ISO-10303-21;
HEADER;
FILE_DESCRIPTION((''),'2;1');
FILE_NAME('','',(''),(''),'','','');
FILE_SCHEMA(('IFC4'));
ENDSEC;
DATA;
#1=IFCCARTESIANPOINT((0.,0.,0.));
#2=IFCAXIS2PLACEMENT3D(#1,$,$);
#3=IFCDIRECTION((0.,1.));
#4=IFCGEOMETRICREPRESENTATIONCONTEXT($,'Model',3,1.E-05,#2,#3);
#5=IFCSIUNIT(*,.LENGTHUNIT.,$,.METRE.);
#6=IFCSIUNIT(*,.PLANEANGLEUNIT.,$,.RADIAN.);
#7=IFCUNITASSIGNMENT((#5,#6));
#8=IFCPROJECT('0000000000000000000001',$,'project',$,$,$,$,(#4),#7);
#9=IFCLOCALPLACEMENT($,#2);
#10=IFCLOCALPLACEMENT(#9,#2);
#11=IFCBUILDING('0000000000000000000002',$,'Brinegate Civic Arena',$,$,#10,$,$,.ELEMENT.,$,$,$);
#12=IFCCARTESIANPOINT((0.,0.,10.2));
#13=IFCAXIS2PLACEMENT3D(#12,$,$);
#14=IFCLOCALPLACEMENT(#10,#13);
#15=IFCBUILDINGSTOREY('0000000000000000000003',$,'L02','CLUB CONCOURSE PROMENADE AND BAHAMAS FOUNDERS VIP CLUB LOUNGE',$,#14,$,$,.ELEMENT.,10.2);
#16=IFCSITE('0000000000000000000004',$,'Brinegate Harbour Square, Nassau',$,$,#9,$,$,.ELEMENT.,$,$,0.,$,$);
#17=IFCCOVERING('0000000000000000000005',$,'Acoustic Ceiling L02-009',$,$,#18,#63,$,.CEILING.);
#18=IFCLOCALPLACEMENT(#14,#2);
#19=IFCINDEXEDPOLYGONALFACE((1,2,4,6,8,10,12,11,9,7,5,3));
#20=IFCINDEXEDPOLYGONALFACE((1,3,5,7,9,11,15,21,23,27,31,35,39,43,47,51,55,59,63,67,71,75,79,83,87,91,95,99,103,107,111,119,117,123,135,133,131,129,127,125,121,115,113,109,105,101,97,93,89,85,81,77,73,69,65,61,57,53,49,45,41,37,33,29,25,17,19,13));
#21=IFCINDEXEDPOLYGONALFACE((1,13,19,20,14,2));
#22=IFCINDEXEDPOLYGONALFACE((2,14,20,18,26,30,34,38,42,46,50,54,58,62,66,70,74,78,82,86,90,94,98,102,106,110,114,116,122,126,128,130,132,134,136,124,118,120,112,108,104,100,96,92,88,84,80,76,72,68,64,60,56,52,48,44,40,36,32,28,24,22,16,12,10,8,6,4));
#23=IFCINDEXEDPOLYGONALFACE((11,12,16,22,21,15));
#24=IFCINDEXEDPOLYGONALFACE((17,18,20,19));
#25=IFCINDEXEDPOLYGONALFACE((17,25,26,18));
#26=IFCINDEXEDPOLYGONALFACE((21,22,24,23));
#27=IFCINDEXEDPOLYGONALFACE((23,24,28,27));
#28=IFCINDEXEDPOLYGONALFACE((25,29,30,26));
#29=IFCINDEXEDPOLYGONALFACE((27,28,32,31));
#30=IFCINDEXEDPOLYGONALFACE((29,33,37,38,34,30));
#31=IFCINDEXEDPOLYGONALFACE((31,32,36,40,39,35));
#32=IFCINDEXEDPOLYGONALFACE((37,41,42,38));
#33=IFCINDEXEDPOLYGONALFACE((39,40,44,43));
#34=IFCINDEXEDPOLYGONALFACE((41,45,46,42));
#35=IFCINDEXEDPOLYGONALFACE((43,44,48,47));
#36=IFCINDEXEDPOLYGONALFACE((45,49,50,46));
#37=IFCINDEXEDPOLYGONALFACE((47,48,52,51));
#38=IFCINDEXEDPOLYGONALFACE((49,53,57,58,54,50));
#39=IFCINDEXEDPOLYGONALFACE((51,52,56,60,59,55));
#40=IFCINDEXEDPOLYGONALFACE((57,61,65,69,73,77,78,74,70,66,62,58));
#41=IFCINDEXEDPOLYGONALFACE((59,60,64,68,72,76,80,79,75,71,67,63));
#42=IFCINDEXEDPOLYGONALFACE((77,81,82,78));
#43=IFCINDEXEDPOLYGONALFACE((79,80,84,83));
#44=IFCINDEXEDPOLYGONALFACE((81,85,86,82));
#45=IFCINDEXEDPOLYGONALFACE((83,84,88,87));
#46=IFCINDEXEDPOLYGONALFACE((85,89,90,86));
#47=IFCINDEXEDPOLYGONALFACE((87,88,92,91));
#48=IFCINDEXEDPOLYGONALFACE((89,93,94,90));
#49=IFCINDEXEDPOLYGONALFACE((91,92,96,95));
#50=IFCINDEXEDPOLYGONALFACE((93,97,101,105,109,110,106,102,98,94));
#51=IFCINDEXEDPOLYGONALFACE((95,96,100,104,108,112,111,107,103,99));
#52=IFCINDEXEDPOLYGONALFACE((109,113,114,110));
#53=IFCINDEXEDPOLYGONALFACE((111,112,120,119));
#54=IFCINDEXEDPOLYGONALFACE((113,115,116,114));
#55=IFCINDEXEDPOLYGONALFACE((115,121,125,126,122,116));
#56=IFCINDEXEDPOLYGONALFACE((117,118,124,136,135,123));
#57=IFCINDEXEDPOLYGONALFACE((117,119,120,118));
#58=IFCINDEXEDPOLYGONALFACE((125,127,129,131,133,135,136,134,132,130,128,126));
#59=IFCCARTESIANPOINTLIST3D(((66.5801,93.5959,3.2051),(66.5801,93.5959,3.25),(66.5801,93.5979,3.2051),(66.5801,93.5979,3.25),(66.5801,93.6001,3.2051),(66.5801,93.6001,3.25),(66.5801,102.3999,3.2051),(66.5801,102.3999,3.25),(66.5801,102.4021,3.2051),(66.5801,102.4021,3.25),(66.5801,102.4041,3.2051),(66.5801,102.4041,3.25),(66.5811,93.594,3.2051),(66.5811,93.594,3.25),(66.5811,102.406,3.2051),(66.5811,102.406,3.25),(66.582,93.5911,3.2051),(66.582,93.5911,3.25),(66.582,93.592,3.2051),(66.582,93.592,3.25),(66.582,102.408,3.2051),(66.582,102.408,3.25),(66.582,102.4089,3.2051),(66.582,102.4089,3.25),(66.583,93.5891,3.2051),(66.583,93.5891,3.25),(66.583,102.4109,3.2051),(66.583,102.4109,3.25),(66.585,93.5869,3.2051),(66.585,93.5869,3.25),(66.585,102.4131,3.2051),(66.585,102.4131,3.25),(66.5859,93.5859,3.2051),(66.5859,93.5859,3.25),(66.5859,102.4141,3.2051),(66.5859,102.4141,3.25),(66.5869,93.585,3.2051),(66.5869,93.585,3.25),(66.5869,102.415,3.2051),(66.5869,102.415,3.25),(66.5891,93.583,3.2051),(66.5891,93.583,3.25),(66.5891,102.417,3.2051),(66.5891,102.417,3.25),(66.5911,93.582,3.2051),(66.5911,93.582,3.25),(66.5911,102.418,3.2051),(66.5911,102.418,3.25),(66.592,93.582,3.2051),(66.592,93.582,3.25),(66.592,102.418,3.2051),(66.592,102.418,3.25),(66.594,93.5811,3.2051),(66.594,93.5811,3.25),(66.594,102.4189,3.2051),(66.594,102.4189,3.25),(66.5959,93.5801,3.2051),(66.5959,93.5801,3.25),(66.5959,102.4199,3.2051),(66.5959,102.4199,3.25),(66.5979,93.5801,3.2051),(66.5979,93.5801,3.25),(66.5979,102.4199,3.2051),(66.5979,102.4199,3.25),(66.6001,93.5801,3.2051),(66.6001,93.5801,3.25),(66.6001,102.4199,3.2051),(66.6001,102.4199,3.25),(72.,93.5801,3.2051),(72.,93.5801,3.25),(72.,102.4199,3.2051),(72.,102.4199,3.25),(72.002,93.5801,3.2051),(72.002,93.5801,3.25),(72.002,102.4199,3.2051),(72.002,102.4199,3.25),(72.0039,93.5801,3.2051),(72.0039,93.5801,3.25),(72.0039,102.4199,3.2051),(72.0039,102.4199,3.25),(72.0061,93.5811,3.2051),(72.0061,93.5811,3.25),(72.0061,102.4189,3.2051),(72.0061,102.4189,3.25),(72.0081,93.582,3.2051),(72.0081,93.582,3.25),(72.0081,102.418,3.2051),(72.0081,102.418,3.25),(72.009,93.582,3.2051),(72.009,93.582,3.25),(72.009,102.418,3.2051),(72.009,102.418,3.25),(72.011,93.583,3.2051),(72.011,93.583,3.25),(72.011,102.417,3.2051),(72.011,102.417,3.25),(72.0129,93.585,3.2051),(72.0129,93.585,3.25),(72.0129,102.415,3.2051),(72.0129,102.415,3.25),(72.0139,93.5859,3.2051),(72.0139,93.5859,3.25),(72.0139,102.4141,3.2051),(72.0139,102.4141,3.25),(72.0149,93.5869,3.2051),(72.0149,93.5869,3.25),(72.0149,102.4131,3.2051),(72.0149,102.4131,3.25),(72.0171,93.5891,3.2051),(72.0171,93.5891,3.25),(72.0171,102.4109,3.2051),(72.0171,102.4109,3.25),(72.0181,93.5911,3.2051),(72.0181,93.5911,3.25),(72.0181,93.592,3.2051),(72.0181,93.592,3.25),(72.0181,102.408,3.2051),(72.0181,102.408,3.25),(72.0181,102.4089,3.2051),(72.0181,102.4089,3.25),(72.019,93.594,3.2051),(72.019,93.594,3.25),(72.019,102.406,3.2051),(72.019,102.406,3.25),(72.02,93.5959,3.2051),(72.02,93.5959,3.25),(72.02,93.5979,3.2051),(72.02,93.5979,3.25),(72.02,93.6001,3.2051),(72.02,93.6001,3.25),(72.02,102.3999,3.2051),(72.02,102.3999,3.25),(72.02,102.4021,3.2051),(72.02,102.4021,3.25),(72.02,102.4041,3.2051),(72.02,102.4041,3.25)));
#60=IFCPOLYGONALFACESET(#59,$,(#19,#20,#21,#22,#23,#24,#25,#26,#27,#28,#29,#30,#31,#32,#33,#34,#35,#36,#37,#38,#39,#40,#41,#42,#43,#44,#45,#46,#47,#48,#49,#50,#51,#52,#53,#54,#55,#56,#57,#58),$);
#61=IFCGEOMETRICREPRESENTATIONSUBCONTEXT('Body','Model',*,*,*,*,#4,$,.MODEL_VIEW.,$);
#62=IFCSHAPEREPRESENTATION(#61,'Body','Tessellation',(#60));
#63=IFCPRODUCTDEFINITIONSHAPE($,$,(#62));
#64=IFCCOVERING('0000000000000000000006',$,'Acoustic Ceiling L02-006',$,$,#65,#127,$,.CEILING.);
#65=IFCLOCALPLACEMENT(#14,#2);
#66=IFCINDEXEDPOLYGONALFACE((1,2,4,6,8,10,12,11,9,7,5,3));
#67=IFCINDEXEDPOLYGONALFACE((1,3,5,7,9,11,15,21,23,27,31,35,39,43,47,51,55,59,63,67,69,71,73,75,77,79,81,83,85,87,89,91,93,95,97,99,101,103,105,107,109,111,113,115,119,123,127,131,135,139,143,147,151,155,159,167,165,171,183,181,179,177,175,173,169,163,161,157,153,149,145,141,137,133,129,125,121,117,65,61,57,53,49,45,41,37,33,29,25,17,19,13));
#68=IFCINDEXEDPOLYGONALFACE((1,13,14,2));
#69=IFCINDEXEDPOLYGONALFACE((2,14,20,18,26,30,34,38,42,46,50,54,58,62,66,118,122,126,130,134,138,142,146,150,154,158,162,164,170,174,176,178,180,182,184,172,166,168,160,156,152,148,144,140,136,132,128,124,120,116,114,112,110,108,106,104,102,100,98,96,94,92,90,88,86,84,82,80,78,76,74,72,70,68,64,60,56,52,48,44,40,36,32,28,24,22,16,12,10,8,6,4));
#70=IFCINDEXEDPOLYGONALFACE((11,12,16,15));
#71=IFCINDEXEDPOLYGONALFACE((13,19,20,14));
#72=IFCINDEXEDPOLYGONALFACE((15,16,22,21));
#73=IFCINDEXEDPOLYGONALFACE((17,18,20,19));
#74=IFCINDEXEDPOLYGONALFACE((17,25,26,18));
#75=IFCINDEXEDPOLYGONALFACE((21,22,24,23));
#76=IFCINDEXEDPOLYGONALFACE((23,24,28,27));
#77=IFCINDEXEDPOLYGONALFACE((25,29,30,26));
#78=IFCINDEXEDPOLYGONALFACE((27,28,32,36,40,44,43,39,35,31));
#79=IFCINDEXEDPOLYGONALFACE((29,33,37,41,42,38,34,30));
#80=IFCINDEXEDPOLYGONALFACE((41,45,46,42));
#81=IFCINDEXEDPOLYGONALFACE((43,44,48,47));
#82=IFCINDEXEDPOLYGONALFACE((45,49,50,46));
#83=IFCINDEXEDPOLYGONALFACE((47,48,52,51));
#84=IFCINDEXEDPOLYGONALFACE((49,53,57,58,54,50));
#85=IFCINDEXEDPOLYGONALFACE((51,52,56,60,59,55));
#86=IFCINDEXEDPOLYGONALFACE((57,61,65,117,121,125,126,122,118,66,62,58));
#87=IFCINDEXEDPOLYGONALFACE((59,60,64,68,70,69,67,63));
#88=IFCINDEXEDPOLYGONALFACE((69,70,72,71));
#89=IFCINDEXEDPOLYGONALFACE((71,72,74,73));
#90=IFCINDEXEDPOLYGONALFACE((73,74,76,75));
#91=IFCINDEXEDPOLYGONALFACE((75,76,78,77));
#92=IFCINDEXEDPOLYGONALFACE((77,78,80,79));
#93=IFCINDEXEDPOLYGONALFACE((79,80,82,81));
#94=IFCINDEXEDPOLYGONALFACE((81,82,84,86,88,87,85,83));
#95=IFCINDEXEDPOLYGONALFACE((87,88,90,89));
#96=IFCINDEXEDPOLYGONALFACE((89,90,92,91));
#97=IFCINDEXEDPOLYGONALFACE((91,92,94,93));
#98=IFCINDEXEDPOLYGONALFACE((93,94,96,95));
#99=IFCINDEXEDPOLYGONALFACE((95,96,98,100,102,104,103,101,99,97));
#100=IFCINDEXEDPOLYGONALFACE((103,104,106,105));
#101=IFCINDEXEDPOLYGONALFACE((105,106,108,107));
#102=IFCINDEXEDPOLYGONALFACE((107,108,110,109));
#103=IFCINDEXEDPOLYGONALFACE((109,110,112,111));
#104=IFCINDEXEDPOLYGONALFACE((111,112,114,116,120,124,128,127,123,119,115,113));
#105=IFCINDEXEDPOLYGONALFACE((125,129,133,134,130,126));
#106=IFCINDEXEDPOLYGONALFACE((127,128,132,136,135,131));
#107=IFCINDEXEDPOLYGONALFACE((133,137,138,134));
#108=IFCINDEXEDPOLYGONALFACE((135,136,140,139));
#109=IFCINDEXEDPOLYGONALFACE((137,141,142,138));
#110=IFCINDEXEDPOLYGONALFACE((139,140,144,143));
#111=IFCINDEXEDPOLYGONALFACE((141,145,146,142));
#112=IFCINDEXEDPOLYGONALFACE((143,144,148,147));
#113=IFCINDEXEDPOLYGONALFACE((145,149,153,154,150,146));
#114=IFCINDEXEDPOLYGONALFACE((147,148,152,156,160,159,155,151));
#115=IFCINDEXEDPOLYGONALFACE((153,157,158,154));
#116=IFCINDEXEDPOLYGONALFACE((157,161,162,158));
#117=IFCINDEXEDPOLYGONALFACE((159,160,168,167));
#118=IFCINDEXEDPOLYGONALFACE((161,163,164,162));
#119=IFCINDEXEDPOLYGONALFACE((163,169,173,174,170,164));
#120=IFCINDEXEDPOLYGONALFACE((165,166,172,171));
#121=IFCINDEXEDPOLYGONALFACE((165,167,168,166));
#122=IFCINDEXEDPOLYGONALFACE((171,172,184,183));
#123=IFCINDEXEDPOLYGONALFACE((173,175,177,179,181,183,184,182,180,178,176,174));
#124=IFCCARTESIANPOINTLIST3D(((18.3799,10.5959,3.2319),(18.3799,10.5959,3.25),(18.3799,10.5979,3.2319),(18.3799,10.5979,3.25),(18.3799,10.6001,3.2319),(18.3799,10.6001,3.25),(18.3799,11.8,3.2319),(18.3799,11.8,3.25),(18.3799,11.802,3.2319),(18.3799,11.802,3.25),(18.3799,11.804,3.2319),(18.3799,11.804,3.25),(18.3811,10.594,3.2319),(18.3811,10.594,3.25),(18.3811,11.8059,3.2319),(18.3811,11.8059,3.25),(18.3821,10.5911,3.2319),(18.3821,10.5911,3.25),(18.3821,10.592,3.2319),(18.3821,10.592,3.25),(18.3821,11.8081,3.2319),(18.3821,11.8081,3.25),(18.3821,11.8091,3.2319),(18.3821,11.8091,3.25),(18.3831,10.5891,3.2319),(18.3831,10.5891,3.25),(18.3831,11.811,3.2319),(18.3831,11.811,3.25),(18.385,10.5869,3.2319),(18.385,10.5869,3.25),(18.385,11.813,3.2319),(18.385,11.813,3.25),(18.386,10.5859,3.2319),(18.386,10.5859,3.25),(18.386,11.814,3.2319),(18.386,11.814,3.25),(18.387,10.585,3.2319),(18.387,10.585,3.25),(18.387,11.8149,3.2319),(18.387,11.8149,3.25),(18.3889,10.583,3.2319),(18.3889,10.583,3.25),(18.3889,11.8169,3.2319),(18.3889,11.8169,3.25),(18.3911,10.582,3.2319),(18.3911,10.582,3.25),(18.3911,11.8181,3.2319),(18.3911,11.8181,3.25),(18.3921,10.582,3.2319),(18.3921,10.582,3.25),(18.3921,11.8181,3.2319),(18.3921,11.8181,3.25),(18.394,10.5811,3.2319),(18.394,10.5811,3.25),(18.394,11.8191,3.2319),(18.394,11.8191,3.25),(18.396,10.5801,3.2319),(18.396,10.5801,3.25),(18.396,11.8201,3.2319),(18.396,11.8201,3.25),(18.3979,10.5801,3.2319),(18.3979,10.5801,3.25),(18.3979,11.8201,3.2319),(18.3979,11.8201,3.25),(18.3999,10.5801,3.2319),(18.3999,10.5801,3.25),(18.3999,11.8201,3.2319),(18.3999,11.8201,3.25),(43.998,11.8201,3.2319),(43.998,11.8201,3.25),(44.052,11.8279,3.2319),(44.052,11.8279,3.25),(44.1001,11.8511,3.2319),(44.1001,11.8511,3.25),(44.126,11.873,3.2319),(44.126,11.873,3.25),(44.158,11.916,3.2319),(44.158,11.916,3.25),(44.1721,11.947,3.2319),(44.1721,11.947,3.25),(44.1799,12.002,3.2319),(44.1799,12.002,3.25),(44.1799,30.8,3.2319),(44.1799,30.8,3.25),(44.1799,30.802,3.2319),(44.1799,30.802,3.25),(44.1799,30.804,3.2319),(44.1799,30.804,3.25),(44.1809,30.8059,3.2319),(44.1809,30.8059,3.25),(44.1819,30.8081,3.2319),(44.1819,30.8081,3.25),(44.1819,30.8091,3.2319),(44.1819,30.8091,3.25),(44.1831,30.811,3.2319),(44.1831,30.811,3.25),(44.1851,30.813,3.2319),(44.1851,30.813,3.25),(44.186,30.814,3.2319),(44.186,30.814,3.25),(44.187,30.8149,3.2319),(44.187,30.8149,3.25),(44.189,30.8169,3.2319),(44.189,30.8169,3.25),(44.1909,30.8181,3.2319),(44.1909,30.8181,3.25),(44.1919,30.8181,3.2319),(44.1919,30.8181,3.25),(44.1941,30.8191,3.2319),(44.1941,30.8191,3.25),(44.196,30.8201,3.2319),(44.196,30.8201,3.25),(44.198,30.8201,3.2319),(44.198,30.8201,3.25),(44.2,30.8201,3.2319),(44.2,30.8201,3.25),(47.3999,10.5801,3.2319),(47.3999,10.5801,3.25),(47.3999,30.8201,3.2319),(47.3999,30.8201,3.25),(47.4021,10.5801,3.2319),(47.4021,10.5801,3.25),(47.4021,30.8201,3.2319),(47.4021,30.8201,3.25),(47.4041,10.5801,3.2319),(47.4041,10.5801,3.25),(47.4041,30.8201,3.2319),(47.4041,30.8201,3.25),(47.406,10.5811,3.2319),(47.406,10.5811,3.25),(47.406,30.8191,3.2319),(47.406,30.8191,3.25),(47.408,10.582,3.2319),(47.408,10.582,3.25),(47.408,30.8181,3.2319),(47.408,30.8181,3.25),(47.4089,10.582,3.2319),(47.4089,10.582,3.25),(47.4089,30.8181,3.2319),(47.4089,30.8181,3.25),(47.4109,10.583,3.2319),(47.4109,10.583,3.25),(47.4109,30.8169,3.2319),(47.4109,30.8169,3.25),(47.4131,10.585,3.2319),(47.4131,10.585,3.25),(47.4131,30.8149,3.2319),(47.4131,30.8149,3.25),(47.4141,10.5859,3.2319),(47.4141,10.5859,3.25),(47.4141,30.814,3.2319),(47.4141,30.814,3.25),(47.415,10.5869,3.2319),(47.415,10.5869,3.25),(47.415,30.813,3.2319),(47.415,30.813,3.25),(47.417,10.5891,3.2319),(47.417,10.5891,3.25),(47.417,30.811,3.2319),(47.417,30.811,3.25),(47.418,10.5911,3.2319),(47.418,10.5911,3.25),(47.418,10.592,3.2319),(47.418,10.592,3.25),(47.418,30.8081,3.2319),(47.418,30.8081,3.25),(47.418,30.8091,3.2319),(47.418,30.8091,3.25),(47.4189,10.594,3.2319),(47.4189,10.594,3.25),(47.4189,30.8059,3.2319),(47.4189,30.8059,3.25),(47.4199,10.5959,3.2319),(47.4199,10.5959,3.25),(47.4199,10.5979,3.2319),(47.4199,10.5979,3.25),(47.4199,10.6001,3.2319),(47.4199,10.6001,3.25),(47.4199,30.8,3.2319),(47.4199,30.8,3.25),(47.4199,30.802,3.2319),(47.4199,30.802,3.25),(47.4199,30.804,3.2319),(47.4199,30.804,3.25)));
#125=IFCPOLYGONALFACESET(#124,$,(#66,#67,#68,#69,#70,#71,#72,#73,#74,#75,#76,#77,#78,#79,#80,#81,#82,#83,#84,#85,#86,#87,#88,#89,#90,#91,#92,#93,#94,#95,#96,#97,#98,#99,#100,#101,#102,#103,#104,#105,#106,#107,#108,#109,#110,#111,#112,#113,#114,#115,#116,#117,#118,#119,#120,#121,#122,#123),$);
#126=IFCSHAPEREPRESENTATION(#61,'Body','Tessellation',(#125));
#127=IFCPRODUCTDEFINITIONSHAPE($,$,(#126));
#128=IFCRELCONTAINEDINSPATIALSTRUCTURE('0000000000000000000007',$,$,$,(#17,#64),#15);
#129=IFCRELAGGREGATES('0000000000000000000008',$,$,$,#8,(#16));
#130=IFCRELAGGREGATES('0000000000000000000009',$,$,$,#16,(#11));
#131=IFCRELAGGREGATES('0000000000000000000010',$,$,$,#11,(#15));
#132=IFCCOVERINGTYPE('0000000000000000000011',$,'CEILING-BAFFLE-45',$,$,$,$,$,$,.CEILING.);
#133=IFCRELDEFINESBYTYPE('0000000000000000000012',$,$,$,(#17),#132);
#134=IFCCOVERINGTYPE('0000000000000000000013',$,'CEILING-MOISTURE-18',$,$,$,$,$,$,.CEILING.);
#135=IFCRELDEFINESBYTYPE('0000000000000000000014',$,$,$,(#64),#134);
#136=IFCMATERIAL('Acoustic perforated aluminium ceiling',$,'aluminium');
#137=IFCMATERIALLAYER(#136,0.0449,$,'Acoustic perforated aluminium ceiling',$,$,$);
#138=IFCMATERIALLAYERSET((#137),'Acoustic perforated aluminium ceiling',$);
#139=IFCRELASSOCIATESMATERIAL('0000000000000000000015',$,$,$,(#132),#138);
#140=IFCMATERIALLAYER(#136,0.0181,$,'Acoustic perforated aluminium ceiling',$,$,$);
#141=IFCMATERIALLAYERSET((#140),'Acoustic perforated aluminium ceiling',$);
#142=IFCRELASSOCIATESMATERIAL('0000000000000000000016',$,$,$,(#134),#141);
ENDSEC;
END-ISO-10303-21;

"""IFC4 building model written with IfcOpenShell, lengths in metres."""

from ifc_helpers import new_model, si_unit, direction, frame, origin, place, context, subcontext, project, spatial, polyline, outline, extrude, material, layer, layer_set, type_object, element, save


model = new_model("IFC4")

# Units and contexts
model_context = context("Model", 3, precision=1e-05, world=origin(), true_north=direction((0.0, 1.0)))
body_context = subcontext(model_context, "Body", "Model", "MODEL_VIEW")
ifc_project = project(units=[si_unit("LENGTHUNIT", "METRE"), si_unit("PLANEANGLEUNIT", "RADIAN")], contexts=[model_context])

# Site, building, storey
site_placement = place(None, origin())
site = spatial("IfcSite", under=ifc_project, at=site_placement, Name="Brinegate Harbour Square, Nassau", CompositionType="ELEMENT", RefElevation=0.0)
building_placement = place(site_placement, origin())
building = spatial("IfcBuilding", under=site, at=building_placement, Name="Brinegate Civic Arena", CompositionType="ELEMENT")
storey_placement = place(building_placement, frame((0.0, 0.0, 10.2)))
storey = spatial("IfcBuildingStorey", under=building, at=storey_placement, Name="L02", Description="CLUB CONCOURSE PROMENADE AND BAHAMAS FOUNDERS VIP CLUB LOUNGE", CompositionType="ELEMENT", Elevation=10.2)

# Coverings
ifc_material_1 = material(Name="Acoustic perforated aluminium ceiling", Category="aluminium")
ifc_layer_1 = layer(ifc_material_1, 0.0449, Name="Acoustic perforated aluminium ceiling")
ifc_layer_set_1 = layer_set([ifc_layer_1], Name="Acoustic perforated aluminium ceiling")
covering_type_1 = type_object("IfcCoveringType", Name="CEILING-BAFFLE-45", PredefinedType="CEILING", material=ifc_layer_set_1)
covering_1_placement = place(storey_placement, frame((0.0, 0.0, 3.2051)))
element("IfcCovering", 1, at=covering_1_placement, inside=storey, type_object=covering_type_1, Name="Acoustic Ceiling L02-009", PredefinedType="CEILING", context=body_context, shape_type="SweptSolid", body=[
    extrude(outline(polyline([(72.0039, 102.4199), (72.0061, 102.4189), (72.0081, 102.418), (72.009, 102.418), (72.011, 102.417), (72.0129, 102.415), (72.0139, 102.4141), (72.0149, 102.4131), (72.0171, 102.4109), (72.0181, 102.4089), (72.0181, 102.408), (72.019, 102.406), (72.02, 102.4041), (72.02, 102.4021), (72.02, 102.3999), (72.02, 93.6001), (72.02, 93.5979), (72.02, 93.5959), (72.019, 93.594), (72.0181, 93.592), (72.0181, 93.5911), (72.0171, 93.5891), (72.0149, 93.5869), (72.0139, 93.5859), (72.0129, 93.585), (72.011, 93.583), (72.009, 93.582), (72.0081, 93.582), (72.0061, 93.5811), (72.0039, 93.5801), (72.002, 93.5801), (72.0, 93.5801), (66.6001, 93.5801), (66.5979, 93.5801), (66.5959, 93.5801), (66.594, 93.5811), (66.592, 93.582), (66.5911, 93.582), (66.5891, 93.583), (66.5869, 93.585), (66.5859, 93.5859), (66.585, 93.5869), (66.583, 93.5891), (66.582, 93.5911), (66.582, 93.592), (66.5811, 93.594), (66.5801, 93.5959), (66.5801, 93.5979), (66.5801, 93.6001), (66.5801, 102.3999), (66.5801, 102.4021), (66.5801, 102.4041), (66.5811, 102.406), (66.582, 102.408), (66.582, 102.4089), (66.583, 102.4109), (66.585, 102.4131), (66.5859, 102.4141), (66.5869, 102.415), (66.5891, 102.417), (66.5911, 102.418), (66.592, 102.418), (66.594, 102.4189), (66.5959, 102.4199), (66.5979, 102.4199), (66.6001, 102.4199), (72.0, 102.4199), (72.002, 102.4199), (72.0039, 102.4199)])), origin(), (0.0, 0.0, 1.0), 0.0449),
])
ifc_layer_2 = layer(ifc_material_1, 0.0181, Name="Acoustic perforated aluminium ceiling")
ifc_layer_set_2 = layer_set([ifc_layer_2], Name="Acoustic perforated aluminium ceiling")
covering_type_2 = type_object("IfcCoveringType", Name="CEILING-MOISTURE-18", PredefinedType="CEILING", material=ifc_layer_set_2)
covering_2_placement = place(storey_placement, frame((0.0, 0.0, 3.2319)))
element("IfcCovering", 2, at=covering_2_placement, inside=storey, type_object=covering_type_2, Name="Acoustic Ceiling L02-006", PredefinedType="CEILING", context=body_context, shape_type="SweptSolid", body=[
    extrude(outline(polyline([(47.4199, 10.5959), (47.4189, 10.594), (47.418, 10.592), (47.418, 10.5911), (47.417, 10.5891), (47.415, 10.5869), (47.4141, 10.5859), (47.4131, 10.585), (47.4109, 10.583), (47.4089, 10.582), (47.408, 10.582), (47.406, 10.5811), (47.4041, 10.5801), (47.4021, 10.5801), (47.3999, 10.5801), (18.3999, 10.5801), (18.3979, 10.5801), (18.396, 10.5801), (18.394, 10.5811), (18.3921, 10.582), (18.3911, 10.582), (18.3889, 10.583), (18.387, 10.585), (18.386, 10.5859), (18.385, 10.5869), (18.3831, 10.5891), (18.3821, 10.5911), (18.3821, 10.592), (18.3811, 10.594), (18.3799, 10.5959), (18.3799, 10.5979), (18.3799, 10.6001), (18.3799, 11.8), (18.3799, 11.802), (18.3799, 11.804), (18.3811, 11.8059), (18.3821, 11.8081), (18.3821, 11.8091), (18.3831, 11.811), (18.385, 11.813), (18.386, 11.814), (18.387, 11.8149), (18.3889, 11.8169), (18.3911, 11.8181), (18.3921, 11.8181), (18.394, 11.8191), (18.396, 11.8201), (18.3979, 11.8201), (18.3999, 11.8201), (43.998, 11.8201), (44.052, 11.8279), (44.1001, 11.8511), (44.126, 11.873), (44.158, 11.916), (44.1721, 11.947), (44.1799, 12.002), (44.1799, 30.8), (44.1799, 30.802), (44.1799, 30.804), (44.1809, 30.8059), (44.1819, 30.8081), (44.1819, 30.8091), (44.1831, 30.811), (44.1851, 30.813), (44.186, 30.814), (44.187, 30.8149), (44.189, 30.8169), (44.1909, 30.8181), (44.1919, 30.8181), (44.1941, 30.8191), (44.196, 30.8201), (44.198, 30.8201), (44.2, 30.8201), (47.3999, 30.8201), (47.4021, 30.8201), (47.4041, 30.8201), (47.406, 30.8191), (47.408, 30.8181), (47.4089, 30.8181), (47.4109, 30.8169), (47.4131, 30.8149), (47.4141, 30.814), (47.415, 30.813), (47.417, 30.811), (47.418, 30.8091), (47.418, 30.8081), (47.4189, 30.8059), (47.4199, 30.804), (47.4199, 30.802), (47.4199, 30.8), (47.4199, 10.6001), (47.4199, 10.5979), (47.4199, 10.5959)])), origin(), (0.0, 0.0, 1.0), 0.0181),
])

save(model, "model.ifc")
